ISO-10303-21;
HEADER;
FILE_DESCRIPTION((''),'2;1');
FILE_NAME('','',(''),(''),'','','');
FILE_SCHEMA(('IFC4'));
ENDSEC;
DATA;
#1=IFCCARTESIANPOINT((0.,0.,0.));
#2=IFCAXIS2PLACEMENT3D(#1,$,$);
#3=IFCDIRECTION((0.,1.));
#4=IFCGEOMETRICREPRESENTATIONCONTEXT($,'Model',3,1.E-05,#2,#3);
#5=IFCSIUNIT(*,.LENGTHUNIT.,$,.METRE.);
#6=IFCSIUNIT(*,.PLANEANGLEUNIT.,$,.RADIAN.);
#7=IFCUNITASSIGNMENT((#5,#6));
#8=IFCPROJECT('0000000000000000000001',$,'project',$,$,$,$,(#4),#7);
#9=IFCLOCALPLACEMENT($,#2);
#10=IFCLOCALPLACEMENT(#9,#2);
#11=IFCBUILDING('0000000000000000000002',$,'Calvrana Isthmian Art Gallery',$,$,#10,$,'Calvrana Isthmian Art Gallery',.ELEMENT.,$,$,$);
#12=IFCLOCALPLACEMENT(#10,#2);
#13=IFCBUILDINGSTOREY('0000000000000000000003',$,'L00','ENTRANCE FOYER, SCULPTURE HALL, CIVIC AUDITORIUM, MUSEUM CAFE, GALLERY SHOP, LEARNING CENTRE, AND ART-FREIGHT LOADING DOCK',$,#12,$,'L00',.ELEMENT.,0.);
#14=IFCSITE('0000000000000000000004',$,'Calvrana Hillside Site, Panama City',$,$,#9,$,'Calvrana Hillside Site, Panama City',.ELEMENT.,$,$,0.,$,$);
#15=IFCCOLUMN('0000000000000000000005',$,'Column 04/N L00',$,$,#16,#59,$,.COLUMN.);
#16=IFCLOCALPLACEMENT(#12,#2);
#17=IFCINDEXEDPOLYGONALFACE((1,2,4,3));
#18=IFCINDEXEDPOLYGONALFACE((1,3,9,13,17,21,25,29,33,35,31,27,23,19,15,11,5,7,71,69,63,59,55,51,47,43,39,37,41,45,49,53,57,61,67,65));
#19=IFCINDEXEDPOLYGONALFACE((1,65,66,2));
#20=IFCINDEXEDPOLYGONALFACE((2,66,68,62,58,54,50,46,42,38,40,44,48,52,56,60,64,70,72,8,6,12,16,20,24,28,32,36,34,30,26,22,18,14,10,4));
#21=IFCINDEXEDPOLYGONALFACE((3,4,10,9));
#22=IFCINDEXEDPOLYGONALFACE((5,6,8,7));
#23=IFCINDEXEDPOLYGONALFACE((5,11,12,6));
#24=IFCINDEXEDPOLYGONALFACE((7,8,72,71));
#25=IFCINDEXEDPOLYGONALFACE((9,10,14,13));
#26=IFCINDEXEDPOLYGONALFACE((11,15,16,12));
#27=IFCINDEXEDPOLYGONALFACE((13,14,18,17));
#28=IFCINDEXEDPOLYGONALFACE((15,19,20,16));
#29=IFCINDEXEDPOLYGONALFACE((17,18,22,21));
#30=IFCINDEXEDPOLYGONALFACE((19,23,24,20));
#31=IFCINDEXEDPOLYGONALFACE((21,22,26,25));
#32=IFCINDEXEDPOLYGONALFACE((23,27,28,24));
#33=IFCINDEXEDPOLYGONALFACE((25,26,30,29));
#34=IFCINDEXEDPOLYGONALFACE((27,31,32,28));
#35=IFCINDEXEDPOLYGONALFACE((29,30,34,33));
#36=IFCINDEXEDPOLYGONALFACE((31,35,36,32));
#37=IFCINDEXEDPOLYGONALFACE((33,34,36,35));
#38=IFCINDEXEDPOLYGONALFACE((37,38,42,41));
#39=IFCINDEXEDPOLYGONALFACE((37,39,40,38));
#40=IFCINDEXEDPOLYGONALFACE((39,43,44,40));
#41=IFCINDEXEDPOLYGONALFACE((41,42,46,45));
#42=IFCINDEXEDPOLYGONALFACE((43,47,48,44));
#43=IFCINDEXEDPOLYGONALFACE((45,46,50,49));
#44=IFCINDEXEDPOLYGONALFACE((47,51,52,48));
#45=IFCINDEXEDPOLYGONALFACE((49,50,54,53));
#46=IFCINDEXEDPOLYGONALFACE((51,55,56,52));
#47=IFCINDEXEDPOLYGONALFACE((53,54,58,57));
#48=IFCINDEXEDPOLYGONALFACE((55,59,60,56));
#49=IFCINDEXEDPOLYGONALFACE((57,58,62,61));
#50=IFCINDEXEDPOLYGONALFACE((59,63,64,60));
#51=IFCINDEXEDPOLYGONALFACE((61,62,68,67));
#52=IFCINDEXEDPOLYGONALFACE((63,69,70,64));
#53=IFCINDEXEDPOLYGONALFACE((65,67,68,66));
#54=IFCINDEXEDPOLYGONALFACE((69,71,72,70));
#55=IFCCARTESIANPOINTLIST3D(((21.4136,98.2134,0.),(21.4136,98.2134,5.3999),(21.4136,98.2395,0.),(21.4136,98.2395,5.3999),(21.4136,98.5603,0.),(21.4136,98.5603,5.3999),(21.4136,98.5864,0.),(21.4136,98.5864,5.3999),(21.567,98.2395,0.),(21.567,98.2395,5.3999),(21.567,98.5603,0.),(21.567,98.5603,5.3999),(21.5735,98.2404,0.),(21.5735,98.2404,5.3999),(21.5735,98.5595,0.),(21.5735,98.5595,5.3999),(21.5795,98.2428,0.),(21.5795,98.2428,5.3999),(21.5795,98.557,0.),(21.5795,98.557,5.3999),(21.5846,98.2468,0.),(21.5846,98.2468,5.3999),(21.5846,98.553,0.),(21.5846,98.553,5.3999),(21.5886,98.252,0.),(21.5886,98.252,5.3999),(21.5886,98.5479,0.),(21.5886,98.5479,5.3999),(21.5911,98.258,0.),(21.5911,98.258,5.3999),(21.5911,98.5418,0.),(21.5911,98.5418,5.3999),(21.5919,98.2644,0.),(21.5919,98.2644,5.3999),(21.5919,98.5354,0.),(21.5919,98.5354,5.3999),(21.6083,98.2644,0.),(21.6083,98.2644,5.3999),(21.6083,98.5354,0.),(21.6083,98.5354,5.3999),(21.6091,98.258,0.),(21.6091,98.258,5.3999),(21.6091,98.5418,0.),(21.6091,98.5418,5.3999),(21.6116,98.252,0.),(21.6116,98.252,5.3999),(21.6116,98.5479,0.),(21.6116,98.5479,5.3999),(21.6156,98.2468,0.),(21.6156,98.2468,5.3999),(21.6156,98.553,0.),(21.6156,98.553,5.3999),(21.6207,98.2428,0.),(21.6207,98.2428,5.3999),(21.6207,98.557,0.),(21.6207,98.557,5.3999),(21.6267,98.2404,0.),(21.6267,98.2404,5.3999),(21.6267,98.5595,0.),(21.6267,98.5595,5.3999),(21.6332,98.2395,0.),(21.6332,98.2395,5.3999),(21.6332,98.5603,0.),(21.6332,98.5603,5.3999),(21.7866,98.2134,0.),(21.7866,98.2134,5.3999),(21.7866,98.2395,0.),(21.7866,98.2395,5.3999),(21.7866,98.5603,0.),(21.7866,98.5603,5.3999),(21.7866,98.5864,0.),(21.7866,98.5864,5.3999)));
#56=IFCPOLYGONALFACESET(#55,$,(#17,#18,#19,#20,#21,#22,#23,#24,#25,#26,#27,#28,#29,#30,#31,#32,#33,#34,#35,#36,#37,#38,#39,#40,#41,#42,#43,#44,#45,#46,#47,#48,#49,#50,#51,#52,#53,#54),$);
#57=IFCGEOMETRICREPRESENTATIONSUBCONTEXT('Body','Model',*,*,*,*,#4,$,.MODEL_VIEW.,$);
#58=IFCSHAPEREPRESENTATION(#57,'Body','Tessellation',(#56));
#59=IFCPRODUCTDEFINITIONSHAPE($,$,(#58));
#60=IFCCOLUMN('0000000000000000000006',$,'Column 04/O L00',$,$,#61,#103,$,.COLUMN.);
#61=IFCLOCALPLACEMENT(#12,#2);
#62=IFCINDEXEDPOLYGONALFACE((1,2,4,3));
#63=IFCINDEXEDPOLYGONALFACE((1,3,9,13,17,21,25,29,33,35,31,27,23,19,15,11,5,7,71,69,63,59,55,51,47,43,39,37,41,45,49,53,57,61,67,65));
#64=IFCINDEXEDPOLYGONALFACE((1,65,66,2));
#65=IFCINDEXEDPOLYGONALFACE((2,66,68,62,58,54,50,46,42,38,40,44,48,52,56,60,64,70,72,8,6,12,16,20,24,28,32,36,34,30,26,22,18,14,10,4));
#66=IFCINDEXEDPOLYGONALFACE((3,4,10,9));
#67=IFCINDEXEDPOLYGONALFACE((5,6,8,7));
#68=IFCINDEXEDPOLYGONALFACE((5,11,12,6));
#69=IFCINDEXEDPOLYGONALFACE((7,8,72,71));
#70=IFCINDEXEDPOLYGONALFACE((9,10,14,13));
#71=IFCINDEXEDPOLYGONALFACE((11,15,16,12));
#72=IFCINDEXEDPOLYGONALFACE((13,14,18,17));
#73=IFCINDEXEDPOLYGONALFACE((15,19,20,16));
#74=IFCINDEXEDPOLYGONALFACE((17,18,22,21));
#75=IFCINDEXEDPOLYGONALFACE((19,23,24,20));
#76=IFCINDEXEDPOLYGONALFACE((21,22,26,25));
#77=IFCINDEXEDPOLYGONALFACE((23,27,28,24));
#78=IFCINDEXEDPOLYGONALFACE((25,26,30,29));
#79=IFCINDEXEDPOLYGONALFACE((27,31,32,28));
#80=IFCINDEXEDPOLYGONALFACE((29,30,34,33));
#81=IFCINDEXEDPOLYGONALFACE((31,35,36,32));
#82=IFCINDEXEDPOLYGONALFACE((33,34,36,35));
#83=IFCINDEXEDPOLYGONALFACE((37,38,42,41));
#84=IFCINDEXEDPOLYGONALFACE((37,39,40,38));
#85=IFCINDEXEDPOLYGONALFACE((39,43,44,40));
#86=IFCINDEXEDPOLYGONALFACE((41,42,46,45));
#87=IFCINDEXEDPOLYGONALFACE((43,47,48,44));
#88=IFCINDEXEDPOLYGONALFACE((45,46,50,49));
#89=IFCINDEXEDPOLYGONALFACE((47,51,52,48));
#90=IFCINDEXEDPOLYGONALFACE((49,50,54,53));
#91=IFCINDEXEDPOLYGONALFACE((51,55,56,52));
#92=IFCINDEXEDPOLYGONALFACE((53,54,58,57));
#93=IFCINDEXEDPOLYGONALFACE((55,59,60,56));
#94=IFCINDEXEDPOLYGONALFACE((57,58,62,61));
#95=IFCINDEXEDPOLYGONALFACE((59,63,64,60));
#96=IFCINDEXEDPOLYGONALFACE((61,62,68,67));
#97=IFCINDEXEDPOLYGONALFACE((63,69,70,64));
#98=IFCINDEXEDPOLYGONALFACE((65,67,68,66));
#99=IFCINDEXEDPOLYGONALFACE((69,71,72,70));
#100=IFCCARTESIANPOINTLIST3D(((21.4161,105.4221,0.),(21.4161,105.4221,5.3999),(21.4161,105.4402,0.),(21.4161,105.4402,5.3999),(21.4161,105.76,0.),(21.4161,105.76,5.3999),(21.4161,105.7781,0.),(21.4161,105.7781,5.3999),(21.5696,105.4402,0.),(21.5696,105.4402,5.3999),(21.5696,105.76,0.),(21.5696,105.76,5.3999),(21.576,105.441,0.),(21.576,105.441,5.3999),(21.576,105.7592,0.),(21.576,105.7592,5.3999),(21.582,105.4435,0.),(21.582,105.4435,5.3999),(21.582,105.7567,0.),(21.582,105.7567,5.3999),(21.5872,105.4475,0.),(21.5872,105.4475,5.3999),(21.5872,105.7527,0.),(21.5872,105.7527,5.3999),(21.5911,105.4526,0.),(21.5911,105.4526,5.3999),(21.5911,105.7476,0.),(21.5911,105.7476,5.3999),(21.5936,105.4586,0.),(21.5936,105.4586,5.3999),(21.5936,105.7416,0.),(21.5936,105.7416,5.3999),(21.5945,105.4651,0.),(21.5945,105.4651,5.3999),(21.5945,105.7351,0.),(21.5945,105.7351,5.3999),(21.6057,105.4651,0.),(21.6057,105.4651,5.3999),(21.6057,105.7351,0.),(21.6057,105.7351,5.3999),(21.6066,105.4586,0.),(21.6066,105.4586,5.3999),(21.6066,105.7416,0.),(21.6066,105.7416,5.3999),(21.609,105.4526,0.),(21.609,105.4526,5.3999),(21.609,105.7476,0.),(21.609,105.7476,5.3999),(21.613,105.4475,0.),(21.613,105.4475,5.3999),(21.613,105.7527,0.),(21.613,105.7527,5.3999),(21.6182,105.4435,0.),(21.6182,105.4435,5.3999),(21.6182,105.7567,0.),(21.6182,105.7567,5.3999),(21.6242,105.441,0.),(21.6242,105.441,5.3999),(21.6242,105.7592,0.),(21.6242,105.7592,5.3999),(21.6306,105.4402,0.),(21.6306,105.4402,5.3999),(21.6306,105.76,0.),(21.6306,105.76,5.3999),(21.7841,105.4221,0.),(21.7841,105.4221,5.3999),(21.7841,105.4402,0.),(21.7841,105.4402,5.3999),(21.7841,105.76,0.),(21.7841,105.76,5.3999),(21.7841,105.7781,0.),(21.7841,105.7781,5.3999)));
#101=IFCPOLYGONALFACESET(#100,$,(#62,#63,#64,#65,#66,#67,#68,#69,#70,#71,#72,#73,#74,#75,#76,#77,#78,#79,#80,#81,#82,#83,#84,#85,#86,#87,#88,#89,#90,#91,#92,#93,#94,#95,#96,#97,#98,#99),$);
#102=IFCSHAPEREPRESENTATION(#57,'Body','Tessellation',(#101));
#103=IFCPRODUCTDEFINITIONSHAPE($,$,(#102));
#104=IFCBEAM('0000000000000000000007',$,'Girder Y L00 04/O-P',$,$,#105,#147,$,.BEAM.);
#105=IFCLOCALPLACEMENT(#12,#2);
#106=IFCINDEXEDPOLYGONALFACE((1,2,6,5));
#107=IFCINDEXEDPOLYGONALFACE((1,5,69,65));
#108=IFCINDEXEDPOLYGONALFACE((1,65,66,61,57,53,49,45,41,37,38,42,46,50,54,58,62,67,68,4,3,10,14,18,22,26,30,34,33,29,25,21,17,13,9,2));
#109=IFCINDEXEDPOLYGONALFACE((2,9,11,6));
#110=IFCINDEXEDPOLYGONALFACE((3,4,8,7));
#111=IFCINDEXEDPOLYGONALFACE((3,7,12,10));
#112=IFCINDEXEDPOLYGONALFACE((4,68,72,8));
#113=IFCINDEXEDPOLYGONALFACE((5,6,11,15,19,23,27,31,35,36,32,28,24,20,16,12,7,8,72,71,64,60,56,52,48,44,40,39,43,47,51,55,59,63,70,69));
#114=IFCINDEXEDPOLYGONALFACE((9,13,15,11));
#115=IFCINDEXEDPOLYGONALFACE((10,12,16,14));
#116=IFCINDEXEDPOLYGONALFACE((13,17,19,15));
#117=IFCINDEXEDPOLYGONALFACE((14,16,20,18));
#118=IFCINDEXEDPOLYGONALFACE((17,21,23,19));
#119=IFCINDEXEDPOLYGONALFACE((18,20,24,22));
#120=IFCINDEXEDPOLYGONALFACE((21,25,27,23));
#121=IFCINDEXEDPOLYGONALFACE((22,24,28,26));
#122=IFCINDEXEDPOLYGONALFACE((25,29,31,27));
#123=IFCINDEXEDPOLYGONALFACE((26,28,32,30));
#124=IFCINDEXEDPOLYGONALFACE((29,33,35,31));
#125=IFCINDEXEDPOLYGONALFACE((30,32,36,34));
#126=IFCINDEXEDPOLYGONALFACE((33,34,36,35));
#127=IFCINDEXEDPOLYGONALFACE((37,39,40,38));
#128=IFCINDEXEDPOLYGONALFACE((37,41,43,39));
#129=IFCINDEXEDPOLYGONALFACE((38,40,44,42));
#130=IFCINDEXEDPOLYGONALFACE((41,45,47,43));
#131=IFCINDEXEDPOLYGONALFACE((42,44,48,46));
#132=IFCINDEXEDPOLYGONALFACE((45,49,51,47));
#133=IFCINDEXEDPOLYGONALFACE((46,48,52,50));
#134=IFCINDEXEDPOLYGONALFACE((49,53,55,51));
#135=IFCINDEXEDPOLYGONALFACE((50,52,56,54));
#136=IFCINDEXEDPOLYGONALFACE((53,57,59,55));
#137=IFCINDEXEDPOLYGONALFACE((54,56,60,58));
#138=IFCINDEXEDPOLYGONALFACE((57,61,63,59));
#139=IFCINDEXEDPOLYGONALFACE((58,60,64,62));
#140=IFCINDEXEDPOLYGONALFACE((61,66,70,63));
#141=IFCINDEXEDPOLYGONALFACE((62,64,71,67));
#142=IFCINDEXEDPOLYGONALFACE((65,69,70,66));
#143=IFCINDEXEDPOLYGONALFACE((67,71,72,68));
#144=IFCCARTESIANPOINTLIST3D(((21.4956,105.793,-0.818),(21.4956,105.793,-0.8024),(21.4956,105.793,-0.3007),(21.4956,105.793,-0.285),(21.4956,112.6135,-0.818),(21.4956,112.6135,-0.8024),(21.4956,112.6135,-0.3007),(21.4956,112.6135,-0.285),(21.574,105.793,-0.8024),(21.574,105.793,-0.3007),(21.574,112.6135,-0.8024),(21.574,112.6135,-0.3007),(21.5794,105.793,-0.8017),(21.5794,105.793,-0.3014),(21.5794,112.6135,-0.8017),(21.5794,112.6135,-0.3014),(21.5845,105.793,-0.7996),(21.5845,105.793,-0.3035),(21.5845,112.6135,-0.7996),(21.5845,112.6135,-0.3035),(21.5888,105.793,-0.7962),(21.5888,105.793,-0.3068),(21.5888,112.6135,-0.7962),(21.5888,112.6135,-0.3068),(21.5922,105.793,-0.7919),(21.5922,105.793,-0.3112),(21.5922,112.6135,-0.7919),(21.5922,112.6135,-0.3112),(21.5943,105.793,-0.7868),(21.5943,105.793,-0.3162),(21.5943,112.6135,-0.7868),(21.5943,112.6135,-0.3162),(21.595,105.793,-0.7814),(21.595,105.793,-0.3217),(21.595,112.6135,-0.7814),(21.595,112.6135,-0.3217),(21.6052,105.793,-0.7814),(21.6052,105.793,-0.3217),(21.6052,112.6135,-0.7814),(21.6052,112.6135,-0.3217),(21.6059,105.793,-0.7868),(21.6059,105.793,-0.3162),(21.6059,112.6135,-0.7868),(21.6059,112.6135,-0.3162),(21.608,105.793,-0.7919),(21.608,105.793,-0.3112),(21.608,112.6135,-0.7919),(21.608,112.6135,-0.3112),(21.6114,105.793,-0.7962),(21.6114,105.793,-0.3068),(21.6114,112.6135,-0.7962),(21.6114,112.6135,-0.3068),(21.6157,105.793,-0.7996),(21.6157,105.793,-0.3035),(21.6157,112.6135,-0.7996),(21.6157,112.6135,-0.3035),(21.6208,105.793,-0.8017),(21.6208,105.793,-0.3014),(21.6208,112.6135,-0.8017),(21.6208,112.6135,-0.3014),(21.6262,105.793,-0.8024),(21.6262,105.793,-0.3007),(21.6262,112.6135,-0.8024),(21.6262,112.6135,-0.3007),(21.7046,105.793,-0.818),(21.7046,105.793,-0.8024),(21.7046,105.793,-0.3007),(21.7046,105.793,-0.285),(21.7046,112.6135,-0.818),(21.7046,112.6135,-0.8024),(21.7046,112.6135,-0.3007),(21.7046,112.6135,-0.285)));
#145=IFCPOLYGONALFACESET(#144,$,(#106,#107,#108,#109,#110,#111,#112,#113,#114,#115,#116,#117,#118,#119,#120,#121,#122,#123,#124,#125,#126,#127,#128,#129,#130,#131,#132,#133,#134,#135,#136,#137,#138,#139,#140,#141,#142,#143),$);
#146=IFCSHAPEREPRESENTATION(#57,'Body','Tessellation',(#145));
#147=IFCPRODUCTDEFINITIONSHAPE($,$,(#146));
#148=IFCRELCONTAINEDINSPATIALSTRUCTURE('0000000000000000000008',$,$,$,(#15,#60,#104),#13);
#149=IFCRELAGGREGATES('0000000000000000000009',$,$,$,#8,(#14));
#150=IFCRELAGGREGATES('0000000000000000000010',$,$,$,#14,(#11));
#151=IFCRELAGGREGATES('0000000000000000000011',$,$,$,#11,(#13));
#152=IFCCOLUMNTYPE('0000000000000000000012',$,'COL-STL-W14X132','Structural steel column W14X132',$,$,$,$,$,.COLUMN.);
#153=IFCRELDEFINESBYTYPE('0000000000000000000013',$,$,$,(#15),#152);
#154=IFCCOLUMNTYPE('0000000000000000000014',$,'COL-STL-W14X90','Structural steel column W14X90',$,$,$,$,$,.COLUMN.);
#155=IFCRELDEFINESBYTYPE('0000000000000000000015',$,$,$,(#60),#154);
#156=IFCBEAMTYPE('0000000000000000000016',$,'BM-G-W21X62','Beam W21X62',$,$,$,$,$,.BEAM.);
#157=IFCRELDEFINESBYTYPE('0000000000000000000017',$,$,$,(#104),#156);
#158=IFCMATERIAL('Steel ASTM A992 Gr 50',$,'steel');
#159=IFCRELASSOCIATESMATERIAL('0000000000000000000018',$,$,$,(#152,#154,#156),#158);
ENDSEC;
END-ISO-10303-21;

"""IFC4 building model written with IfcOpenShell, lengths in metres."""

from ifc_helpers import new_model, si_unit, direction, frame, origin, origin_2d, place, context, subcontext, project, spatial, i_section, extrude, material, material_profile, profile_set, type_object, element, save


model = new_model("IFC4")

# Units and contexts
model_context = context("Model", 3, precision=1e-05, world=origin(), true_north=direction((0.0, 1.0)))
body_context = subcontext(model_context, "Body", "Model", "MODEL_VIEW")
ifc_project = project(units=[si_unit("LENGTHUNIT", "METRE"), si_unit("PLANEANGLEUNIT", "RADIAN")], contexts=[model_context])

# Site, building, storey
site_placement = place(None, origin())
site = spatial("IfcSite", under=ifc_project, at=site_placement, Name="Calvrana Hillside Site, Panama City", LongName="Calvrana Hillside Site, Panama City", CompositionType="ELEMENT", RefElevation=0.0)
building_placement = place(site_placement, origin())
building = spatial("IfcBuilding", under=site, at=building_placement, Name="Calvrana Isthmian Art Gallery", LongName="Calvrana Isthmian Art Gallery", CompositionType="ELEMENT")
storey_placement = place(building_placement, origin())
storey = spatial("IfcBuildingStorey", under=building, at=storey_placement, Name="L00", Description="ENTRANCE FOYER, SCULPTURE HALL, CIVIC AUDITORIUM, MUSEUM CAFE, GALLERY SHOP, LEARNING CENTRE, AND ART-FREIGHT LOADING DOCK", LongName="L00", CompositionType="ELEMENT", Elevation=0.0)

# Columns
ifc_material_1 = material(Name="Steel ASTM A992 Gr 50", Category="steel")
ifc_material_profile_1 = material_profile(ifc_material_1, i_section(OverallWidth=0.373, OverallDepth=0.373, WebThickness=0.0164, FlangeThickness=0.0261, FilletRadius=0.0249, at=origin_2d()), Name="W14X132")
ifc_profile_set_1 = profile_set([ifc_material_profile_1], Name="Steel ASTM A992 Gr 50")
column_type_1 = type_object("IfcColumnType", Name="COL-STL-W14X132", Description="Structural steel column W14X132", PredefinedType="COLUMN", material=ifc_profile_set_1)
column_1_placement = place(storey_placement, frame((21.6001, 98.3999, 0.0), z_axis=(0.0, 0.0, 1.0), x_axis=(1.0, 0.0, 0.0)))
element("IfcColumn", 1, at=column_1_placement, inside=storey, type_object=column_type_1, Name="Column 04/N L00", PredefinedType="COLUMN", context=body_context, shape_type="SweptSolid", body=[
    extrude(i_section(OverallWidth=0.373, OverallDepth=0.373, WebThickness=0.0164, FlangeThickness=0.0261, FilletRadius=0.0249, at=origin_2d()), origin(), (0.0, 0.0, 1.0), 5.3999),
])
ifc_material_profile_2 = material_profile(ifc_material_1, i_section(OverallWidth=0.3679, OverallDepth=0.356, WebThickness=0.0112, FlangeThickness=0.0181, FilletRadius=0.0249, at=origin_2d()), Name="W14X90")
ifc_profile_set_2 = profile_set([ifc_material_profile_2], Name="Steel ASTM A992 Gr 50")
column_type_2 = type_object("IfcColumnType", Name="COL-STL-W14X90", Description="Structural steel column W14X90", PredefinedType="COLUMN", material=ifc_profile_set_2)
column_2_placement = place(storey_placement, frame((21.6001, 105.6001, 0.0), z_axis=(0.0, 0.0, 1.0), x_axis=(1.0, 0.0, 0.0)))
element("IfcColumn", 2, at=column_2_placement, inside=storey, type_object=column_type_2, Name="Column 04/O L00", PredefinedType="COLUMN", context=body_context, shape_type="SweptSolid", body=[
    extrude(i_section(OverallWidth=0.3679, OverallDepth=0.356, WebThickness=0.0112, FlangeThickness=0.0181, FilletRadius=0.0249, at=origin_2d()), origin(), (0.0, 0.0, 1.0), 5.3999),
])

# Beam
ifc_material_profile_3 = material_profile(ifc_material_1, i_section(OverallWidth=0.209, OverallDepth=0.533, WebThickness=0.0103, FlangeThickness=0.0156, FilletRadius=0.021, at=origin_2d()), Name="W21X62")
ifc_profile_set_3 = profile_set([ifc_material_profile_3], Name="Steel ASTM A992 Gr 50")
beam_type_1 = type_object("IfcBeamType", Name="BM-G-W21X62", Description="Beam W21X62", PredefinedType="BEAM", material=ifc_profile_set_3)
beam_1_placement = place(storey_placement, frame((21.6001, 105.793, -0.5515), z_axis=(0.0, 1.0, 0.0), x_axis=(-1.0, 0.0, 0.0)))
element("IfcBeam", 3, at=beam_1_placement, inside=storey, type_object=beam_type_1, Name="Girder Y L00 04/O-P", PredefinedType="BEAM", context=body_context, shape_type="SweptSolid", body=[
    extrude(i_section(OverallWidth=0.209, OverallDepth=0.533, WebThickness=0.0103, FlangeThickness=0.0156, FilletRadius=0.021, at=origin_2d()), origin(), (0.0, 0.0, 1.0), 6.8206),
])

save(model, "model.ifc")
